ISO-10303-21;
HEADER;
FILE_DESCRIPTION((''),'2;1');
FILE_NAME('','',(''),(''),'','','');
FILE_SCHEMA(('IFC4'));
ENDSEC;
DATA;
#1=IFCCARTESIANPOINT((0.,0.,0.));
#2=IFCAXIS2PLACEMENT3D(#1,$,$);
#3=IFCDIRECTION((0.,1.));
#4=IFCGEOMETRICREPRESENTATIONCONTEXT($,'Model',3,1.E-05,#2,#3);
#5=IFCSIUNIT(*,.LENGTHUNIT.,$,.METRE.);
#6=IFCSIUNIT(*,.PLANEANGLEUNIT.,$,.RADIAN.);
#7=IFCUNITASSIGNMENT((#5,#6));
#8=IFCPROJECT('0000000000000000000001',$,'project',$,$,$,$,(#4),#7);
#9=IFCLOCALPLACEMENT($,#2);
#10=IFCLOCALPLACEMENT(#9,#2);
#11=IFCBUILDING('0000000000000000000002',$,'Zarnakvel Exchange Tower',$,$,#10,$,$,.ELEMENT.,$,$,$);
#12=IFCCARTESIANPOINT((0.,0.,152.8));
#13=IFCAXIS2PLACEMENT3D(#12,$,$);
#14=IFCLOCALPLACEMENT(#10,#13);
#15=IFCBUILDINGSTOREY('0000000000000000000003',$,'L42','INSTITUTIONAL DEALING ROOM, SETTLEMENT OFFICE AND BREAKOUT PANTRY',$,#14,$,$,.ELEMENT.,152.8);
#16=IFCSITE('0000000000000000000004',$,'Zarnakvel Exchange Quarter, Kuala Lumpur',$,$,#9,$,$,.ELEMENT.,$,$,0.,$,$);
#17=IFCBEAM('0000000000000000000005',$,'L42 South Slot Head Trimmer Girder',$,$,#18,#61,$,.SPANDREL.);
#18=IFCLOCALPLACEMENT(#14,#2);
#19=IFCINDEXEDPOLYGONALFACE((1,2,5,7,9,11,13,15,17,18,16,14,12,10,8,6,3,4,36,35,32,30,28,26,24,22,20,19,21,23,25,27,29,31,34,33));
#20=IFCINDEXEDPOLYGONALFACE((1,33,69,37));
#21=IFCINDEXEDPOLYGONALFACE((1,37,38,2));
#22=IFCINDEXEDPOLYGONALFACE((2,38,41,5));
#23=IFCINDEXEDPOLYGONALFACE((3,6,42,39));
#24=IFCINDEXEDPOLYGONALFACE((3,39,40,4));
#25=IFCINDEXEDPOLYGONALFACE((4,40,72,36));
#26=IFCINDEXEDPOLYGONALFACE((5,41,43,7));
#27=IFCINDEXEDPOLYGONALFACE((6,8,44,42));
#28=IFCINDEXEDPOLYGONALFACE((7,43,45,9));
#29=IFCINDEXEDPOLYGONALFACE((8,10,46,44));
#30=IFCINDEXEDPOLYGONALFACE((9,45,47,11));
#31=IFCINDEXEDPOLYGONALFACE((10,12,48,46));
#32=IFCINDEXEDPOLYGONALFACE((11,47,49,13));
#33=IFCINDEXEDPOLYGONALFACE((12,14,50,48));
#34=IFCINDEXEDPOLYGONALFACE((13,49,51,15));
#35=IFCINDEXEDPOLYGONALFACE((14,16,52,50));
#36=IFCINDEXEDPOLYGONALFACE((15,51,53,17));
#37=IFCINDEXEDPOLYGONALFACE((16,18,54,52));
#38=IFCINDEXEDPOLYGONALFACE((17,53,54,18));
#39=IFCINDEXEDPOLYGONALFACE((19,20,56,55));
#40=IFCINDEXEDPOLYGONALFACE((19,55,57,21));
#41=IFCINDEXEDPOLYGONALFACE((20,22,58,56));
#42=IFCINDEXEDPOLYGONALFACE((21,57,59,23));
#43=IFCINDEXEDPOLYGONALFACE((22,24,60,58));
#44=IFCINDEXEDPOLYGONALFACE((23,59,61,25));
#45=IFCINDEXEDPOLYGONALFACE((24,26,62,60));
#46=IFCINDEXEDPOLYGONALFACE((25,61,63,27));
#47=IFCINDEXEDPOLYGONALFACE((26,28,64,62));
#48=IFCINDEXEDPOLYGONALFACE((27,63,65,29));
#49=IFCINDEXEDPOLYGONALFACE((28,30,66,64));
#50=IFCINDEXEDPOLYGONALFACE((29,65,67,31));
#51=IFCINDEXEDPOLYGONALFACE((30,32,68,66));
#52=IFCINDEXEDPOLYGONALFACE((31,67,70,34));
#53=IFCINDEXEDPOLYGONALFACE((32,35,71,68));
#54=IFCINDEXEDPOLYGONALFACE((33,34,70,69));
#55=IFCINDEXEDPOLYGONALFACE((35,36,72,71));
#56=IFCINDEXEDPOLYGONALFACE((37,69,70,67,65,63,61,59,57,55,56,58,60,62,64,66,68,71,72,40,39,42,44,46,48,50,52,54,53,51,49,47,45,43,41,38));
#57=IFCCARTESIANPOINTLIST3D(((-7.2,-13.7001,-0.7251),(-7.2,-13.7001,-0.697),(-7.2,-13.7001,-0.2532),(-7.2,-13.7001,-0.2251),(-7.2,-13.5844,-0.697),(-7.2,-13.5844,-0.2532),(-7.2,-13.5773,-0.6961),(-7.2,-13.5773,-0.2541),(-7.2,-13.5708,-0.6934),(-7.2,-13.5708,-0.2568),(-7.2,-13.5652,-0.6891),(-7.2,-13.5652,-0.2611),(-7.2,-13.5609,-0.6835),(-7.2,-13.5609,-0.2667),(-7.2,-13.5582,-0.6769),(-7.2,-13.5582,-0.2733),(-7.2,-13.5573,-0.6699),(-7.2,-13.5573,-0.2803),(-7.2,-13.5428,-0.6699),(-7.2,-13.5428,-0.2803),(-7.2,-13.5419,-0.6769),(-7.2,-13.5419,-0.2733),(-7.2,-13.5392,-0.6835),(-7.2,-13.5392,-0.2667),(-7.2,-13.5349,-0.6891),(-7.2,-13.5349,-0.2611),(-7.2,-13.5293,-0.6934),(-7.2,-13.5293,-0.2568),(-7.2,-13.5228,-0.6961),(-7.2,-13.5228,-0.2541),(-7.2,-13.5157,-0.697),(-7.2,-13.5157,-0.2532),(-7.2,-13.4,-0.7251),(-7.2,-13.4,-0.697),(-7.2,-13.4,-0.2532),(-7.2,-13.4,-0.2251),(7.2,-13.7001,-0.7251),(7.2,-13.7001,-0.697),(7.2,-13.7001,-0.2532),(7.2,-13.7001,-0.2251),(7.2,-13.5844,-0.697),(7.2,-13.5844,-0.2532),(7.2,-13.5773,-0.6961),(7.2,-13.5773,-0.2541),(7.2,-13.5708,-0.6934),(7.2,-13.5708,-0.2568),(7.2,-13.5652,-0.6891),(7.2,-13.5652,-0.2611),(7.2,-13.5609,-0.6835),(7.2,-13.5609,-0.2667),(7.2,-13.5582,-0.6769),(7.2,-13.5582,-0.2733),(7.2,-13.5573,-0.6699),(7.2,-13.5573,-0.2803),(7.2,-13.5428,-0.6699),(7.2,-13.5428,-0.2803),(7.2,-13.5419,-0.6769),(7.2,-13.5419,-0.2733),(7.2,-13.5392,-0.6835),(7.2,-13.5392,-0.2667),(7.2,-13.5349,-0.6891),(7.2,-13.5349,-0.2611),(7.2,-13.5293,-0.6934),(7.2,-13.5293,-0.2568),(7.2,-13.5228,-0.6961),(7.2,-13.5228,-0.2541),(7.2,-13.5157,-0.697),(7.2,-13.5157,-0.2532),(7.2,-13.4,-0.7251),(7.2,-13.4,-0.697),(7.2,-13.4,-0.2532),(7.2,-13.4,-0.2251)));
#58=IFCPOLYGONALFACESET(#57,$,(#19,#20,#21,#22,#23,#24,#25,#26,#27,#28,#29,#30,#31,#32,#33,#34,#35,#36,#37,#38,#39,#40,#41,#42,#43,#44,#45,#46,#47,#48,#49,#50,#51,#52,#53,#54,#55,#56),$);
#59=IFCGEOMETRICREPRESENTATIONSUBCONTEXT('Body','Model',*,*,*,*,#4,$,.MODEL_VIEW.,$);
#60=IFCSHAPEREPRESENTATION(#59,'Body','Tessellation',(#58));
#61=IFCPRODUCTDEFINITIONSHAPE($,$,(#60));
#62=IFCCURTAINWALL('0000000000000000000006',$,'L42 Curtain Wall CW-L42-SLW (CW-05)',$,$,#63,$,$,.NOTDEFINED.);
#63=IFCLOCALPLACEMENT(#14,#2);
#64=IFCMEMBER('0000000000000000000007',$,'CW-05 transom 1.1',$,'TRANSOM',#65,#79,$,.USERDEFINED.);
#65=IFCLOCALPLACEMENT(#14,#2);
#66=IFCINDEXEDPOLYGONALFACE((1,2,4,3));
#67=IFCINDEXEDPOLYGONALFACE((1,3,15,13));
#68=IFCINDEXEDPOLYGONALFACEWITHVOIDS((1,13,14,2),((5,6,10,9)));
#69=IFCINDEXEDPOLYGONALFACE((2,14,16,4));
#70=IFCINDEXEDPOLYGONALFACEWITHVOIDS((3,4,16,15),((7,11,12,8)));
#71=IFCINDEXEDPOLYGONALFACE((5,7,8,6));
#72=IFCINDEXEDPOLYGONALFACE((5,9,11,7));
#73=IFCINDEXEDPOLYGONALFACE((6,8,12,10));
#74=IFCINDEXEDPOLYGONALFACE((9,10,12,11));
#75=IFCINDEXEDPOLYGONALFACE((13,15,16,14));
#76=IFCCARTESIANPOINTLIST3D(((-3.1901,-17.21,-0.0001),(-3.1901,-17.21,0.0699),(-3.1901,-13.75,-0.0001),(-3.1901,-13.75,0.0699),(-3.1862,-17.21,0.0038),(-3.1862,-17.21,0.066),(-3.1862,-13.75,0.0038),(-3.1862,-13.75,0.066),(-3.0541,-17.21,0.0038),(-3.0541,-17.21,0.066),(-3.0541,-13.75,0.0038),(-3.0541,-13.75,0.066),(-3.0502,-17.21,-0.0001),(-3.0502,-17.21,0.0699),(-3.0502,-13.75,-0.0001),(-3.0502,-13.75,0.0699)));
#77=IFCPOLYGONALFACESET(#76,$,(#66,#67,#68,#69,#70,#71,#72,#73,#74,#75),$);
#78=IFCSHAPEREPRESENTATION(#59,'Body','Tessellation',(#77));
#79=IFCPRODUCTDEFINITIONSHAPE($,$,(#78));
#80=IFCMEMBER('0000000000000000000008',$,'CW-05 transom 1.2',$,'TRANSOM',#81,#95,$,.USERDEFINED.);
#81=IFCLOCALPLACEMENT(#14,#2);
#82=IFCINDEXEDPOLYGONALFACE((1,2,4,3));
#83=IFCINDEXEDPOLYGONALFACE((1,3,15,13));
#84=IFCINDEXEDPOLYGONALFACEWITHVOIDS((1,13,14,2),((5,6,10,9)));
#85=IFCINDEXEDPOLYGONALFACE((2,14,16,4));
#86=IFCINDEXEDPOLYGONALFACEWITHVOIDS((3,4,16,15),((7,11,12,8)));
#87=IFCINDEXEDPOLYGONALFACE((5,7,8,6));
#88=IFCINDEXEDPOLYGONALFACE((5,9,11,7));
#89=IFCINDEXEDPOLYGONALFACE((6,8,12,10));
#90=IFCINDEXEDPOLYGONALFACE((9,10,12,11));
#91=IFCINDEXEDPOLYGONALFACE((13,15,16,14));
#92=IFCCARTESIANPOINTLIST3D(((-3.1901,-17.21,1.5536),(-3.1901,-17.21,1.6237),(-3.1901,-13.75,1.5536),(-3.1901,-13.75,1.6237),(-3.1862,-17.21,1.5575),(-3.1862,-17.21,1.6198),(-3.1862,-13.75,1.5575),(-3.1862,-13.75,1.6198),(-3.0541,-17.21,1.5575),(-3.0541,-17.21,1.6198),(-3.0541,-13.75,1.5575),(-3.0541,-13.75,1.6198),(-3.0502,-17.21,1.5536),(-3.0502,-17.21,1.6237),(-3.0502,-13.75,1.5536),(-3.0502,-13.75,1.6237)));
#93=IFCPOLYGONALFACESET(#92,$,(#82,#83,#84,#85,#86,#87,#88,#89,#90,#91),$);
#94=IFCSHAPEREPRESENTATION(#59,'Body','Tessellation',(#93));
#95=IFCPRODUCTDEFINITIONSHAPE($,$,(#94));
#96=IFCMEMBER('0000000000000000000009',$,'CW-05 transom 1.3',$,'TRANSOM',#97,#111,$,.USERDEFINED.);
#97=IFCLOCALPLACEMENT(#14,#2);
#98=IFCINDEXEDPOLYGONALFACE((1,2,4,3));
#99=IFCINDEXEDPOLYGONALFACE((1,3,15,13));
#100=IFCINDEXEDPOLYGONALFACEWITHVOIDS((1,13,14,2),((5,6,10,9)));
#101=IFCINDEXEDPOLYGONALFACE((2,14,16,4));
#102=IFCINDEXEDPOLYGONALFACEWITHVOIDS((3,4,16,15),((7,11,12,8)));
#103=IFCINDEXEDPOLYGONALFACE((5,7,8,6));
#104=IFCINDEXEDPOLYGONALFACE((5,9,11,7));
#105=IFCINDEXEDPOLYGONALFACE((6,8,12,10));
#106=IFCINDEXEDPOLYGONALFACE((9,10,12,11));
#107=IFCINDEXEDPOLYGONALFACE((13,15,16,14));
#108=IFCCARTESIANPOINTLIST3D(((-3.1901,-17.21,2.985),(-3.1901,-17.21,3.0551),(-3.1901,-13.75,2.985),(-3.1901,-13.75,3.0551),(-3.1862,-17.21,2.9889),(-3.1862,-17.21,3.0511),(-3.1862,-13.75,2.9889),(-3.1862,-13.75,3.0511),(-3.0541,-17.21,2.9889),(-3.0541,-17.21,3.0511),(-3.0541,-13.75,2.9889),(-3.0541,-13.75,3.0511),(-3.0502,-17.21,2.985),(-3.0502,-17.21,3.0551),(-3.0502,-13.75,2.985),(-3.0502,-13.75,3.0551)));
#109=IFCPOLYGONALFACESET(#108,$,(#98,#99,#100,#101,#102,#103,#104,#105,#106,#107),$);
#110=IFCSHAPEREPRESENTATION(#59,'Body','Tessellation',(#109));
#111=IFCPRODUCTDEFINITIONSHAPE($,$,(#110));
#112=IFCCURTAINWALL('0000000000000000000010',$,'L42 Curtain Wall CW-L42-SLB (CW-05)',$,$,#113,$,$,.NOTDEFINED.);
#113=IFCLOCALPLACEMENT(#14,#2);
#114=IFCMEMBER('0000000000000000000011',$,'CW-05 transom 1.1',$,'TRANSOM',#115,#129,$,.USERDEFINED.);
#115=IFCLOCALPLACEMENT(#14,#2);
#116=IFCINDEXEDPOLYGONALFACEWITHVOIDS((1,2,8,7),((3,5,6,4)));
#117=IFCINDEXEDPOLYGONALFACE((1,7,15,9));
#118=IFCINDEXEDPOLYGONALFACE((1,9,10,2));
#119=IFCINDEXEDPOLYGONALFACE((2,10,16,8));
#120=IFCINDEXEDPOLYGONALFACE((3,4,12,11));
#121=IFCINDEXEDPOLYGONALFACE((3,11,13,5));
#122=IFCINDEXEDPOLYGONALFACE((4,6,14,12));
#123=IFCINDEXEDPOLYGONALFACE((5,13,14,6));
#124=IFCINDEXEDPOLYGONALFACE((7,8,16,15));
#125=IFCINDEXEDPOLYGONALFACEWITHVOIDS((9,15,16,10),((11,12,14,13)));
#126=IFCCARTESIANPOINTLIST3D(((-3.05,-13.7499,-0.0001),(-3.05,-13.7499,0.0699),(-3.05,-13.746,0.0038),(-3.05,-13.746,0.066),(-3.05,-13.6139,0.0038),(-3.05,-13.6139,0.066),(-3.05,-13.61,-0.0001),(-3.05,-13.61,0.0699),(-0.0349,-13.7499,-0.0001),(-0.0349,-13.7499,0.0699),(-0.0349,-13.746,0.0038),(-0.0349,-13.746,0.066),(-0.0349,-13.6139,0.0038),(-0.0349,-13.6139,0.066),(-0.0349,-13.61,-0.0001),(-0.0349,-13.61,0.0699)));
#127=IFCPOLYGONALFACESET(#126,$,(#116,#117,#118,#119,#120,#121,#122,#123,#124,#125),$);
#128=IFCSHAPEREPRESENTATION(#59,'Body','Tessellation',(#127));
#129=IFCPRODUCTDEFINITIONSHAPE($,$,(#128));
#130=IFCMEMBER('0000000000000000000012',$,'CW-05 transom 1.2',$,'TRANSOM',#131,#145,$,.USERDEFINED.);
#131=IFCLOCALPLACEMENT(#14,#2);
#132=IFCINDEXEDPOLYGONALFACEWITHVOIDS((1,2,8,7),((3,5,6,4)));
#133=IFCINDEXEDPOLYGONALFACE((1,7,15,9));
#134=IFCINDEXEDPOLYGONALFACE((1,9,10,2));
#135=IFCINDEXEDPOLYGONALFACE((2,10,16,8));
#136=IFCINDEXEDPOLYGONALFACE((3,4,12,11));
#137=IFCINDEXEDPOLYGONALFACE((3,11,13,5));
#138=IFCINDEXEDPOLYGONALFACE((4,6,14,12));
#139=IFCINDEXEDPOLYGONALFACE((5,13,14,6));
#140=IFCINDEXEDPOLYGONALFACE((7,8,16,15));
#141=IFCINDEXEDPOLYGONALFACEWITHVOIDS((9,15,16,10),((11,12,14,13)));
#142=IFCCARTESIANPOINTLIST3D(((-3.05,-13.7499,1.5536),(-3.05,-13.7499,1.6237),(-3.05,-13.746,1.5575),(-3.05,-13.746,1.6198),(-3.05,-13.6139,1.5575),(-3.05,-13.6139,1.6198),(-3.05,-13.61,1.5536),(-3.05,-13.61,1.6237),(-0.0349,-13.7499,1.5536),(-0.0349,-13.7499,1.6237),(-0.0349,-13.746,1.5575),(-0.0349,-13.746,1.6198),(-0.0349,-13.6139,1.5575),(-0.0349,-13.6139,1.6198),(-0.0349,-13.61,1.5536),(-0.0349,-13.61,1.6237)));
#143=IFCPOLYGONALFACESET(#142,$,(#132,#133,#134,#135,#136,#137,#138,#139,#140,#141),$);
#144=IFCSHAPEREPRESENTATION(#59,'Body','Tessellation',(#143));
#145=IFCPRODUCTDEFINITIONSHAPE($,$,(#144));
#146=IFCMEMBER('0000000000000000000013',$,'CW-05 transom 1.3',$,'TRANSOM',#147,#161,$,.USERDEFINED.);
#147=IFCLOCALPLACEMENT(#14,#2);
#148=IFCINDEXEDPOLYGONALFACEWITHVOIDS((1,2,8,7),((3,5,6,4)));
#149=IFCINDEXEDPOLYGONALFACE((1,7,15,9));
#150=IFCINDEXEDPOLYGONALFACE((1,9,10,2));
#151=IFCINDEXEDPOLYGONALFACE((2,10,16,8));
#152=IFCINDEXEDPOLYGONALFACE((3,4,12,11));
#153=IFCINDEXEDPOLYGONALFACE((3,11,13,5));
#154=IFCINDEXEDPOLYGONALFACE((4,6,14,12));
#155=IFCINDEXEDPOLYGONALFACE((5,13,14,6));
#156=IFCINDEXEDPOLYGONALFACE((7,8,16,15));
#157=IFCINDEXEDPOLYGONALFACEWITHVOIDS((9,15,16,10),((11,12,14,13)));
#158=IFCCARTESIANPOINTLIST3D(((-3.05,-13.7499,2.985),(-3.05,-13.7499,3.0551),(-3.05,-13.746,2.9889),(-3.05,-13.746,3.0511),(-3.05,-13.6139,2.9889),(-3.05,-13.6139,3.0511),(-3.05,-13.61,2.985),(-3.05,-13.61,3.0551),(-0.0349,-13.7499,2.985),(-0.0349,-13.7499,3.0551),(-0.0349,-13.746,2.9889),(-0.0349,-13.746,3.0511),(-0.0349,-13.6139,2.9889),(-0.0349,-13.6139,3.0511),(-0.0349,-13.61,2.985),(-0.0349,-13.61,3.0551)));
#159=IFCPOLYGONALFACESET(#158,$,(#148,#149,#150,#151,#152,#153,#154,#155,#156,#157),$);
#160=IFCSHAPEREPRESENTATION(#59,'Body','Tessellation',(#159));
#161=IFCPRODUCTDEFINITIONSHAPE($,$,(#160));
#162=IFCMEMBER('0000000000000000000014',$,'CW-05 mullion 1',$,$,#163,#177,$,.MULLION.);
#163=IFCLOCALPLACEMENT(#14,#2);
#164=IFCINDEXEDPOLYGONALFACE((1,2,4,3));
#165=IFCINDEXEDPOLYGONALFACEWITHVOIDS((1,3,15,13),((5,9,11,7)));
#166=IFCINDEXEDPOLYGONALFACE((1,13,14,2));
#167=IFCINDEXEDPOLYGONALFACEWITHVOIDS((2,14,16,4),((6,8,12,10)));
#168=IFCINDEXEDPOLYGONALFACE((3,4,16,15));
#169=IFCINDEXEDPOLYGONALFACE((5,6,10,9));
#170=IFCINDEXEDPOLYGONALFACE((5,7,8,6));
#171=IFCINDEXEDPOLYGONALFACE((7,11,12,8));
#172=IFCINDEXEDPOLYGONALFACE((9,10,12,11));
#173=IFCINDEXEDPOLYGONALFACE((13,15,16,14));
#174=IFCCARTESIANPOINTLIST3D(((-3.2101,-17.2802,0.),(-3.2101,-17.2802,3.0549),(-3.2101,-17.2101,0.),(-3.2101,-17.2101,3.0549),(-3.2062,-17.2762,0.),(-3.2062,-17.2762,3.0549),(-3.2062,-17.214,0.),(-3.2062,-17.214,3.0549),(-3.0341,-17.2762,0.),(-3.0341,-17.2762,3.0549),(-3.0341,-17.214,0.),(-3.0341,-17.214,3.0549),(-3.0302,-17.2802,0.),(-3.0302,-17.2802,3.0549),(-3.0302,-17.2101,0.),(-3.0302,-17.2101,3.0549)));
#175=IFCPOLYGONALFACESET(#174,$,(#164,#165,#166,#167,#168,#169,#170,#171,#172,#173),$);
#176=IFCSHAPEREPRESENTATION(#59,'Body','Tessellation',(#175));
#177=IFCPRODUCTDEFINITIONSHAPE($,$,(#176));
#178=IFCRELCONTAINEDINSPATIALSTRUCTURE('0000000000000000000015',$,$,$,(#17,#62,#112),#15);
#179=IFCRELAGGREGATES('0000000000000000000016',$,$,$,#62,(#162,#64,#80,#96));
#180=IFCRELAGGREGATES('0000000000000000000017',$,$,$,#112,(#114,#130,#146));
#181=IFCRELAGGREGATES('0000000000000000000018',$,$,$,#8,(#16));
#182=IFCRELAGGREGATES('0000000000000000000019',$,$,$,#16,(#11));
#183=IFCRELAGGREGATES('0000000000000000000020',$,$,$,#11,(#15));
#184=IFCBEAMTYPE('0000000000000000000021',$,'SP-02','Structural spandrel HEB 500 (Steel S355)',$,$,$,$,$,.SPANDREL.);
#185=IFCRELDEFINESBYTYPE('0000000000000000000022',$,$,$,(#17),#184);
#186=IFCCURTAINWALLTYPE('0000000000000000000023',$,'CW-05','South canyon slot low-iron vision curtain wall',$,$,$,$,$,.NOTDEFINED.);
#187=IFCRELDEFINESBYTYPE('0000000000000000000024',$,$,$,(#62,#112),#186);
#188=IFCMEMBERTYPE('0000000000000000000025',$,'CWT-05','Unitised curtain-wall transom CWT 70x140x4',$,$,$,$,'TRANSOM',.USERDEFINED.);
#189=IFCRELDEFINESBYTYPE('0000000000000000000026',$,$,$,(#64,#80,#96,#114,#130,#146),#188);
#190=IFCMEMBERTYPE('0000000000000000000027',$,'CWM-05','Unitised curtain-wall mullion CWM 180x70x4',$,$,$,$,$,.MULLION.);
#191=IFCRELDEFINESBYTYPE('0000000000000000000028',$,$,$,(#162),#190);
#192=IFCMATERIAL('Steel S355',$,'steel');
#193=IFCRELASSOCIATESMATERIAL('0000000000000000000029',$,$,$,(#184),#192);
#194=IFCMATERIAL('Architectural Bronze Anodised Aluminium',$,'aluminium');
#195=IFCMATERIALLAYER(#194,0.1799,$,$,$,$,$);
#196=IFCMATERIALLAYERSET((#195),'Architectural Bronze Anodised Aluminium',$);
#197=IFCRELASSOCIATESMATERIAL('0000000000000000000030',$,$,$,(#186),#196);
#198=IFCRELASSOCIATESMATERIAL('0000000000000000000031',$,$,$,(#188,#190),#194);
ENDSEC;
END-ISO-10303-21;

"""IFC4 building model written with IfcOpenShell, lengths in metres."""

from ifc_helpers import new_model, si_unit, direction, frame, origin, origin_2d, place, context, subcontext, project, spatial, hollow_rectangle, i_section, extrude, source, transform, mapped, material, layer, layer_set, material_profile, profile_set, type_object, element, aggregate, save


model = new_model("IFC4")

# Units and contexts
model_context = context("Model", 3, precision=1e-05, world=origin(), true_north=direction((0.0, 1.0)))
body_context = subcontext(model_context, "Body", "Model", "MODEL_VIEW")
ifc_project = project(units=[si_unit("LENGTHUNIT", "METRE"), si_unit("PLANEANGLEUNIT", "RADIAN")], contexts=[model_context])

# Site, building, storey
site_placement = place(None, origin())
site = spatial("IfcSite", under=ifc_project, at=site_placement, Name="Zarnakvel Exchange Quarter, Kuala Lumpur", CompositionType="ELEMENT", RefElevation=0.0)
building_placement = place(site_placement, origin())
building = spatial("IfcBuilding", under=site, at=building_placement, Name="Zarnakvel Exchange Tower", CompositionType="ELEMENT")
storey_placement = place(building_placement, frame((0.0, 0.0, 152.8)))
storey = spatial("IfcBuildingStorey", under=building, at=storey_placement, Name="L42", Description="INSTITUTIONAL DEALING ROOM, SETTLEMENT OFFICE AND BREAKOUT PANTRY", CompositionType="ELEMENT", Elevation=152.8)

# Beam
ifc_material_1 = material(Name="Steel S355", Category="steel")
ifc_material_profile_1 = material_profile(ifc_material_1, i_section(OverallWidth=0.3, OverallDepth=0.5, WebThickness=0.0144, FlangeThickness=0.0281, FilletRadius=0.0271, at=origin_2d()))
ifc_profile_set_1 = profile_set([ifc_material_profile_1], Name="Steel S355")
beam_type_1 = type_object("IfcBeamType", Name="SP-02", Description="Structural spandrel HEB 500 (Steel S355)", PredefinedType="SPANDREL", material=ifc_profile_set_1)
beam_1_placement = place(storey_placement, frame((-7.2, -13.55, -0.4751), z_axis=(1.0, 0.0, 0.0), x_axis=(0.0, 1.0, 0.0)))
element("IfcBeam", 1, at=beam_1_placement, inside=storey, type_object=beam_type_1, Name="L42 South Slot Head Trimmer Girder", PredefinedType="SPANDREL", context=body_context, shape_type="SweptSolid", body=[
    extrude(i_section(OverallWidth=0.3, OverallDepth=0.5, WebThickness=0.0144, FlangeThickness=0.0281, FilletRadius=0.0271, at=origin_2d()), origin(), (0.0, 0.0, 1.0), 14.3999),
])

# Curtain walls, members
ifc_material_2 = material(Name="Architectural Bronze Anodised Aluminium", Category="aluminium")
ifc_layer_1 = layer(ifc_material_2, 0.1799)
ifc_layer_set_1 = layer_set([ifc_layer_1], Name="Architectural Bronze Anodised Aluminium")
curtain_wall_type = type_object("IfcCurtainWallType", Name="CW-05", Description="South canyon slot low-iron vision curtain wall", PredefinedType="NOTDEFINED", material=ifc_layer_set_1)
curtain_wall_1_placement = place(storey_placement, origin())
curtain_wall_1 = element("IfcCurtainWall", 2, at=curtain_wall_1_placement, inside=storey, type_object=curtain_wall_type, Name="L42 Curtain Wall CW-L42-SLW (CW-05)", PredefinedType="NOTDEFINED")
ifc_material_profile_2 = material_profile(ifc_material_2, hollow_rectangle(XDim=0.1399, YDim=0.0701, WallThickness=0.0039, at=origin_2d()))
ifc_profile_set_2 = profile_set([ifc_material_profile_2], Name="Architectural Bronze Anodised Aluminium")
member_type_1 = type_object("IfcMemberType", Name="CWT-05", Description="Unitised curtain-wall transom CWT 70x140x4", ElementType="TRANSOM", PredefinedType="USERDEFINED", material=ifc_profile_set_2)
shared_shape_1 = source(origin(), body_context, "Body", "SweptSolid", [
    extrude(hollow_rectangle(XDim=0.1399, YDim=0.0701, WallThickness=0.0039, at=origin_2d()), origin(), (0.0, 0.0, 1.0), 3.46),
])
member_1_placement = place(storey_placement, frame((-3.1201, -17.21, 0.0349), z_axis=(0.0, 1.0, 0.0), x_axis=(-1.0, 0.0, 0.0)))
member_1 = element("IfcMember", 3, at=member_1_placement, type_object=member_type_1, Name="CW-05 transom 1.1", ObjectType="TRANSOM", PredefinedType="USERDEFINED", context=body_context, shape_type="MappedRepresentation", body=[
    mapped(shared_shape_1, transform((0.0, 0.0, 0.0), x_axis=(1.0, 0.0, 0.0), y_axis=(0.0, 1.0, 0.0), z_axis=(0.0, 0.0, 1.0), scale=1.0)),
])
member_2_placement = place(storey_placement, frame((-3.1201, -17.21, 1.5886), z_axis=(0.0, 1.0, 0.0), x_axis=(-1.0, 0.0, 0.0)))
member_2 = element("IfcMember", 4, at=member_2_placement, type_object=member_type_1, Name="CW-05 transom 1.2", ObjectType="TRANSOM", PredefinedType="USERDEFINED", context=body_context, shape_type="MappedRepresentation", body=[
    mapped(shared_shape_1, transform((0.0, 0.0, 0.0), x_axis=(1.0, 0.0, 0.0), y_axis=(0.0, 1.0, 0.0), z_axis=(0.0, 0.0, 1.0), scale=1.0)),
])
member_3_placement = place(storey_placement, frame((-3.1201, -17.21, 3.02), z_axis=(0.0, 1.0, 0.0), x_axis=(-1.0, 0.0, 0.0)))
member_3 = element("IfcMember", 5, at=member_3_placement, type_object=member_type_1, Name="CW-05 transom 1.3", ObjectType="TRANSOM", PredefinedType="USERDEFINED", context=body_context, shape_type="MappedRepresentation", body=[
    mapped(shared_shape_1, transform((0.0, 0.0, 0.0), x_axis=(1.0, 0.0, 0.0), y_axis=(0.0, 1.0, 0.0), z_axis=(0.0, 0.0, 1.0), scale=1.0)),
])
curtain_wall_2_placement = place(storey_placement, origin())
curtain_wall_2 = element("IfcCurtainWall", 6, at=curtain_wall_2_placement, inside=storey, type_object=curtain_wall_type, Name="L42 Curtain Wall CW-L42-SLB (CW-05)", PredefinedType="NOTDEFINED")
shared_shape_2 = source(origin(), body_context, "Body", "SweptSolid", [
    extrude(hollow_rectangle(XDim=0.1399, YDim=0.0701, WallThickness=0.0039, at=origin_2d()), origin(), (0.0, 0.0, 1.0), 3.0151),
])
member_4_placement = place(storey_placement, frame((-3.05, -13.6799, 0.0349), z_axis=(1.0, 0.0, 0.0), x_axis=(0.0, 1.0, 0.0)))
member_4 = element("IfcMember", 7, at=member_4_placement, type_object=member_type_1, Name="CW-05 transom 1.1", ObjectType="TRANSOM", PredefinedType="USERDEFINED", context=body_context, shape_type="MappedRepresentation", body=[
    mapped(shared_shape_2, transform((0.0, 0.0, 0.0), x_axis=(1.0, 0.0, 0.0), y_axis=(0.0, 1.0, 0.0), z_axis=(0.0, 0.0, 1.0), scale=1.0)),
])
member_5_placement = place(storey_placement, frame((-3.05, -13.6799, 1.5886), z_axis=(1.0, 0.0, 0.0), x_axis=(0.0, 1.0, 0.0)))
member_5 = element("IfcMember", 8, at=member_5_placement, type_object=member_type_1, Name="CW-05 transom 1.2", ObjectType="TRANSOM", PredefinedType="USERDEFINED", context=body_context, shape_type="MappedRepresentation", body=[
    mapped(shared_shape_2, transform((0.0, 0.0, 0.0), x_axis=(1.0, 0.0, 0.0), y_axis=(0.0, 1.0, 0.0), z_axis=(0.0, 0.0, 1.0), scale=1.0)),
])
member_6_placement = place(storey_placement, frame((-3.05, -13.6799, 3.02), z_axis=(1.0, 0.0, 0.0), x_axis=(0.0, 1.0, 0.0)))
member_6 = element("IfcMember", 9, at=member_6_placement, type_object=member_type_1, Name="CW-05 transom 1.3", ObjectType="TRANSOM", PredefinedType="USERDEFINED", context=body_context, shape_type="MappedRepresentation", body=[
    mapped(shared_shape_2, transform((0.0, 0.0, 0.0), x_axis=(1.0, 0.0, 0.0), y_axis=(0.0, 1.0, 0.0), z_axis=(0.0, 0.0, 1.0), scale=1.0)),
])

# Member
ifc_material_profile_3 = material_profile(ifc_material_2, hollow_rectangle(XDim=0.1799, YDim=0.0701, WallThickness=0.0039, at=origin_2d()))
ifc_profile_set_3 = profile_set([ifc_material_profile_3], Name="Architectural Bronze Anodised Aluminium")
member_type_2 = type_object("IfcMemberType", Name="CWM-05", Description="Unitised curtain-wall mullion CWM 180x70x4", PredefinedType="MULLION", material=ifc_profile_set_3)
shared_shape_3 = source(origin(), body_context, "Body", "SweptSolid", [
    extrude(hollow_rectangle(XDim=0.1799, YDim=0.0701, WallThickness=0.0039, at=origin_2d()), origin(), (0.0, 0.0, 1.0), 3.0549),
])
member_7_placement = place(storey_placement, frame((-3.1201, -17.2451, 0.0), z_axis=(0.0, 0.0, 1.0), x_axis=(-1.0, 0.0, 0.0)))
member_7 = element("IfcMember", 10, at=member_7_placement, type_object=member_type_2, Name="CW-05 mullion 1", PredefinedType="MULLION", context=body_context, shape_type="MappedRepresentation", body=[
    mapped(shared_shape_3, transform((0.0, 0.0, 0.0), x_axis=(1.0, 0.0, 0.0), y_axis=(0.0, 1.0, 0.0), z_axis=(0.0, 0.0, 1.0), scale=1.0)),
])

aggregate(curtain_wall_1, [member_7, member_1, member_2, member_3])
aggregate(curtain_wall_2, [member_4, member_5, member_6])

save(model, "model.ifc")
